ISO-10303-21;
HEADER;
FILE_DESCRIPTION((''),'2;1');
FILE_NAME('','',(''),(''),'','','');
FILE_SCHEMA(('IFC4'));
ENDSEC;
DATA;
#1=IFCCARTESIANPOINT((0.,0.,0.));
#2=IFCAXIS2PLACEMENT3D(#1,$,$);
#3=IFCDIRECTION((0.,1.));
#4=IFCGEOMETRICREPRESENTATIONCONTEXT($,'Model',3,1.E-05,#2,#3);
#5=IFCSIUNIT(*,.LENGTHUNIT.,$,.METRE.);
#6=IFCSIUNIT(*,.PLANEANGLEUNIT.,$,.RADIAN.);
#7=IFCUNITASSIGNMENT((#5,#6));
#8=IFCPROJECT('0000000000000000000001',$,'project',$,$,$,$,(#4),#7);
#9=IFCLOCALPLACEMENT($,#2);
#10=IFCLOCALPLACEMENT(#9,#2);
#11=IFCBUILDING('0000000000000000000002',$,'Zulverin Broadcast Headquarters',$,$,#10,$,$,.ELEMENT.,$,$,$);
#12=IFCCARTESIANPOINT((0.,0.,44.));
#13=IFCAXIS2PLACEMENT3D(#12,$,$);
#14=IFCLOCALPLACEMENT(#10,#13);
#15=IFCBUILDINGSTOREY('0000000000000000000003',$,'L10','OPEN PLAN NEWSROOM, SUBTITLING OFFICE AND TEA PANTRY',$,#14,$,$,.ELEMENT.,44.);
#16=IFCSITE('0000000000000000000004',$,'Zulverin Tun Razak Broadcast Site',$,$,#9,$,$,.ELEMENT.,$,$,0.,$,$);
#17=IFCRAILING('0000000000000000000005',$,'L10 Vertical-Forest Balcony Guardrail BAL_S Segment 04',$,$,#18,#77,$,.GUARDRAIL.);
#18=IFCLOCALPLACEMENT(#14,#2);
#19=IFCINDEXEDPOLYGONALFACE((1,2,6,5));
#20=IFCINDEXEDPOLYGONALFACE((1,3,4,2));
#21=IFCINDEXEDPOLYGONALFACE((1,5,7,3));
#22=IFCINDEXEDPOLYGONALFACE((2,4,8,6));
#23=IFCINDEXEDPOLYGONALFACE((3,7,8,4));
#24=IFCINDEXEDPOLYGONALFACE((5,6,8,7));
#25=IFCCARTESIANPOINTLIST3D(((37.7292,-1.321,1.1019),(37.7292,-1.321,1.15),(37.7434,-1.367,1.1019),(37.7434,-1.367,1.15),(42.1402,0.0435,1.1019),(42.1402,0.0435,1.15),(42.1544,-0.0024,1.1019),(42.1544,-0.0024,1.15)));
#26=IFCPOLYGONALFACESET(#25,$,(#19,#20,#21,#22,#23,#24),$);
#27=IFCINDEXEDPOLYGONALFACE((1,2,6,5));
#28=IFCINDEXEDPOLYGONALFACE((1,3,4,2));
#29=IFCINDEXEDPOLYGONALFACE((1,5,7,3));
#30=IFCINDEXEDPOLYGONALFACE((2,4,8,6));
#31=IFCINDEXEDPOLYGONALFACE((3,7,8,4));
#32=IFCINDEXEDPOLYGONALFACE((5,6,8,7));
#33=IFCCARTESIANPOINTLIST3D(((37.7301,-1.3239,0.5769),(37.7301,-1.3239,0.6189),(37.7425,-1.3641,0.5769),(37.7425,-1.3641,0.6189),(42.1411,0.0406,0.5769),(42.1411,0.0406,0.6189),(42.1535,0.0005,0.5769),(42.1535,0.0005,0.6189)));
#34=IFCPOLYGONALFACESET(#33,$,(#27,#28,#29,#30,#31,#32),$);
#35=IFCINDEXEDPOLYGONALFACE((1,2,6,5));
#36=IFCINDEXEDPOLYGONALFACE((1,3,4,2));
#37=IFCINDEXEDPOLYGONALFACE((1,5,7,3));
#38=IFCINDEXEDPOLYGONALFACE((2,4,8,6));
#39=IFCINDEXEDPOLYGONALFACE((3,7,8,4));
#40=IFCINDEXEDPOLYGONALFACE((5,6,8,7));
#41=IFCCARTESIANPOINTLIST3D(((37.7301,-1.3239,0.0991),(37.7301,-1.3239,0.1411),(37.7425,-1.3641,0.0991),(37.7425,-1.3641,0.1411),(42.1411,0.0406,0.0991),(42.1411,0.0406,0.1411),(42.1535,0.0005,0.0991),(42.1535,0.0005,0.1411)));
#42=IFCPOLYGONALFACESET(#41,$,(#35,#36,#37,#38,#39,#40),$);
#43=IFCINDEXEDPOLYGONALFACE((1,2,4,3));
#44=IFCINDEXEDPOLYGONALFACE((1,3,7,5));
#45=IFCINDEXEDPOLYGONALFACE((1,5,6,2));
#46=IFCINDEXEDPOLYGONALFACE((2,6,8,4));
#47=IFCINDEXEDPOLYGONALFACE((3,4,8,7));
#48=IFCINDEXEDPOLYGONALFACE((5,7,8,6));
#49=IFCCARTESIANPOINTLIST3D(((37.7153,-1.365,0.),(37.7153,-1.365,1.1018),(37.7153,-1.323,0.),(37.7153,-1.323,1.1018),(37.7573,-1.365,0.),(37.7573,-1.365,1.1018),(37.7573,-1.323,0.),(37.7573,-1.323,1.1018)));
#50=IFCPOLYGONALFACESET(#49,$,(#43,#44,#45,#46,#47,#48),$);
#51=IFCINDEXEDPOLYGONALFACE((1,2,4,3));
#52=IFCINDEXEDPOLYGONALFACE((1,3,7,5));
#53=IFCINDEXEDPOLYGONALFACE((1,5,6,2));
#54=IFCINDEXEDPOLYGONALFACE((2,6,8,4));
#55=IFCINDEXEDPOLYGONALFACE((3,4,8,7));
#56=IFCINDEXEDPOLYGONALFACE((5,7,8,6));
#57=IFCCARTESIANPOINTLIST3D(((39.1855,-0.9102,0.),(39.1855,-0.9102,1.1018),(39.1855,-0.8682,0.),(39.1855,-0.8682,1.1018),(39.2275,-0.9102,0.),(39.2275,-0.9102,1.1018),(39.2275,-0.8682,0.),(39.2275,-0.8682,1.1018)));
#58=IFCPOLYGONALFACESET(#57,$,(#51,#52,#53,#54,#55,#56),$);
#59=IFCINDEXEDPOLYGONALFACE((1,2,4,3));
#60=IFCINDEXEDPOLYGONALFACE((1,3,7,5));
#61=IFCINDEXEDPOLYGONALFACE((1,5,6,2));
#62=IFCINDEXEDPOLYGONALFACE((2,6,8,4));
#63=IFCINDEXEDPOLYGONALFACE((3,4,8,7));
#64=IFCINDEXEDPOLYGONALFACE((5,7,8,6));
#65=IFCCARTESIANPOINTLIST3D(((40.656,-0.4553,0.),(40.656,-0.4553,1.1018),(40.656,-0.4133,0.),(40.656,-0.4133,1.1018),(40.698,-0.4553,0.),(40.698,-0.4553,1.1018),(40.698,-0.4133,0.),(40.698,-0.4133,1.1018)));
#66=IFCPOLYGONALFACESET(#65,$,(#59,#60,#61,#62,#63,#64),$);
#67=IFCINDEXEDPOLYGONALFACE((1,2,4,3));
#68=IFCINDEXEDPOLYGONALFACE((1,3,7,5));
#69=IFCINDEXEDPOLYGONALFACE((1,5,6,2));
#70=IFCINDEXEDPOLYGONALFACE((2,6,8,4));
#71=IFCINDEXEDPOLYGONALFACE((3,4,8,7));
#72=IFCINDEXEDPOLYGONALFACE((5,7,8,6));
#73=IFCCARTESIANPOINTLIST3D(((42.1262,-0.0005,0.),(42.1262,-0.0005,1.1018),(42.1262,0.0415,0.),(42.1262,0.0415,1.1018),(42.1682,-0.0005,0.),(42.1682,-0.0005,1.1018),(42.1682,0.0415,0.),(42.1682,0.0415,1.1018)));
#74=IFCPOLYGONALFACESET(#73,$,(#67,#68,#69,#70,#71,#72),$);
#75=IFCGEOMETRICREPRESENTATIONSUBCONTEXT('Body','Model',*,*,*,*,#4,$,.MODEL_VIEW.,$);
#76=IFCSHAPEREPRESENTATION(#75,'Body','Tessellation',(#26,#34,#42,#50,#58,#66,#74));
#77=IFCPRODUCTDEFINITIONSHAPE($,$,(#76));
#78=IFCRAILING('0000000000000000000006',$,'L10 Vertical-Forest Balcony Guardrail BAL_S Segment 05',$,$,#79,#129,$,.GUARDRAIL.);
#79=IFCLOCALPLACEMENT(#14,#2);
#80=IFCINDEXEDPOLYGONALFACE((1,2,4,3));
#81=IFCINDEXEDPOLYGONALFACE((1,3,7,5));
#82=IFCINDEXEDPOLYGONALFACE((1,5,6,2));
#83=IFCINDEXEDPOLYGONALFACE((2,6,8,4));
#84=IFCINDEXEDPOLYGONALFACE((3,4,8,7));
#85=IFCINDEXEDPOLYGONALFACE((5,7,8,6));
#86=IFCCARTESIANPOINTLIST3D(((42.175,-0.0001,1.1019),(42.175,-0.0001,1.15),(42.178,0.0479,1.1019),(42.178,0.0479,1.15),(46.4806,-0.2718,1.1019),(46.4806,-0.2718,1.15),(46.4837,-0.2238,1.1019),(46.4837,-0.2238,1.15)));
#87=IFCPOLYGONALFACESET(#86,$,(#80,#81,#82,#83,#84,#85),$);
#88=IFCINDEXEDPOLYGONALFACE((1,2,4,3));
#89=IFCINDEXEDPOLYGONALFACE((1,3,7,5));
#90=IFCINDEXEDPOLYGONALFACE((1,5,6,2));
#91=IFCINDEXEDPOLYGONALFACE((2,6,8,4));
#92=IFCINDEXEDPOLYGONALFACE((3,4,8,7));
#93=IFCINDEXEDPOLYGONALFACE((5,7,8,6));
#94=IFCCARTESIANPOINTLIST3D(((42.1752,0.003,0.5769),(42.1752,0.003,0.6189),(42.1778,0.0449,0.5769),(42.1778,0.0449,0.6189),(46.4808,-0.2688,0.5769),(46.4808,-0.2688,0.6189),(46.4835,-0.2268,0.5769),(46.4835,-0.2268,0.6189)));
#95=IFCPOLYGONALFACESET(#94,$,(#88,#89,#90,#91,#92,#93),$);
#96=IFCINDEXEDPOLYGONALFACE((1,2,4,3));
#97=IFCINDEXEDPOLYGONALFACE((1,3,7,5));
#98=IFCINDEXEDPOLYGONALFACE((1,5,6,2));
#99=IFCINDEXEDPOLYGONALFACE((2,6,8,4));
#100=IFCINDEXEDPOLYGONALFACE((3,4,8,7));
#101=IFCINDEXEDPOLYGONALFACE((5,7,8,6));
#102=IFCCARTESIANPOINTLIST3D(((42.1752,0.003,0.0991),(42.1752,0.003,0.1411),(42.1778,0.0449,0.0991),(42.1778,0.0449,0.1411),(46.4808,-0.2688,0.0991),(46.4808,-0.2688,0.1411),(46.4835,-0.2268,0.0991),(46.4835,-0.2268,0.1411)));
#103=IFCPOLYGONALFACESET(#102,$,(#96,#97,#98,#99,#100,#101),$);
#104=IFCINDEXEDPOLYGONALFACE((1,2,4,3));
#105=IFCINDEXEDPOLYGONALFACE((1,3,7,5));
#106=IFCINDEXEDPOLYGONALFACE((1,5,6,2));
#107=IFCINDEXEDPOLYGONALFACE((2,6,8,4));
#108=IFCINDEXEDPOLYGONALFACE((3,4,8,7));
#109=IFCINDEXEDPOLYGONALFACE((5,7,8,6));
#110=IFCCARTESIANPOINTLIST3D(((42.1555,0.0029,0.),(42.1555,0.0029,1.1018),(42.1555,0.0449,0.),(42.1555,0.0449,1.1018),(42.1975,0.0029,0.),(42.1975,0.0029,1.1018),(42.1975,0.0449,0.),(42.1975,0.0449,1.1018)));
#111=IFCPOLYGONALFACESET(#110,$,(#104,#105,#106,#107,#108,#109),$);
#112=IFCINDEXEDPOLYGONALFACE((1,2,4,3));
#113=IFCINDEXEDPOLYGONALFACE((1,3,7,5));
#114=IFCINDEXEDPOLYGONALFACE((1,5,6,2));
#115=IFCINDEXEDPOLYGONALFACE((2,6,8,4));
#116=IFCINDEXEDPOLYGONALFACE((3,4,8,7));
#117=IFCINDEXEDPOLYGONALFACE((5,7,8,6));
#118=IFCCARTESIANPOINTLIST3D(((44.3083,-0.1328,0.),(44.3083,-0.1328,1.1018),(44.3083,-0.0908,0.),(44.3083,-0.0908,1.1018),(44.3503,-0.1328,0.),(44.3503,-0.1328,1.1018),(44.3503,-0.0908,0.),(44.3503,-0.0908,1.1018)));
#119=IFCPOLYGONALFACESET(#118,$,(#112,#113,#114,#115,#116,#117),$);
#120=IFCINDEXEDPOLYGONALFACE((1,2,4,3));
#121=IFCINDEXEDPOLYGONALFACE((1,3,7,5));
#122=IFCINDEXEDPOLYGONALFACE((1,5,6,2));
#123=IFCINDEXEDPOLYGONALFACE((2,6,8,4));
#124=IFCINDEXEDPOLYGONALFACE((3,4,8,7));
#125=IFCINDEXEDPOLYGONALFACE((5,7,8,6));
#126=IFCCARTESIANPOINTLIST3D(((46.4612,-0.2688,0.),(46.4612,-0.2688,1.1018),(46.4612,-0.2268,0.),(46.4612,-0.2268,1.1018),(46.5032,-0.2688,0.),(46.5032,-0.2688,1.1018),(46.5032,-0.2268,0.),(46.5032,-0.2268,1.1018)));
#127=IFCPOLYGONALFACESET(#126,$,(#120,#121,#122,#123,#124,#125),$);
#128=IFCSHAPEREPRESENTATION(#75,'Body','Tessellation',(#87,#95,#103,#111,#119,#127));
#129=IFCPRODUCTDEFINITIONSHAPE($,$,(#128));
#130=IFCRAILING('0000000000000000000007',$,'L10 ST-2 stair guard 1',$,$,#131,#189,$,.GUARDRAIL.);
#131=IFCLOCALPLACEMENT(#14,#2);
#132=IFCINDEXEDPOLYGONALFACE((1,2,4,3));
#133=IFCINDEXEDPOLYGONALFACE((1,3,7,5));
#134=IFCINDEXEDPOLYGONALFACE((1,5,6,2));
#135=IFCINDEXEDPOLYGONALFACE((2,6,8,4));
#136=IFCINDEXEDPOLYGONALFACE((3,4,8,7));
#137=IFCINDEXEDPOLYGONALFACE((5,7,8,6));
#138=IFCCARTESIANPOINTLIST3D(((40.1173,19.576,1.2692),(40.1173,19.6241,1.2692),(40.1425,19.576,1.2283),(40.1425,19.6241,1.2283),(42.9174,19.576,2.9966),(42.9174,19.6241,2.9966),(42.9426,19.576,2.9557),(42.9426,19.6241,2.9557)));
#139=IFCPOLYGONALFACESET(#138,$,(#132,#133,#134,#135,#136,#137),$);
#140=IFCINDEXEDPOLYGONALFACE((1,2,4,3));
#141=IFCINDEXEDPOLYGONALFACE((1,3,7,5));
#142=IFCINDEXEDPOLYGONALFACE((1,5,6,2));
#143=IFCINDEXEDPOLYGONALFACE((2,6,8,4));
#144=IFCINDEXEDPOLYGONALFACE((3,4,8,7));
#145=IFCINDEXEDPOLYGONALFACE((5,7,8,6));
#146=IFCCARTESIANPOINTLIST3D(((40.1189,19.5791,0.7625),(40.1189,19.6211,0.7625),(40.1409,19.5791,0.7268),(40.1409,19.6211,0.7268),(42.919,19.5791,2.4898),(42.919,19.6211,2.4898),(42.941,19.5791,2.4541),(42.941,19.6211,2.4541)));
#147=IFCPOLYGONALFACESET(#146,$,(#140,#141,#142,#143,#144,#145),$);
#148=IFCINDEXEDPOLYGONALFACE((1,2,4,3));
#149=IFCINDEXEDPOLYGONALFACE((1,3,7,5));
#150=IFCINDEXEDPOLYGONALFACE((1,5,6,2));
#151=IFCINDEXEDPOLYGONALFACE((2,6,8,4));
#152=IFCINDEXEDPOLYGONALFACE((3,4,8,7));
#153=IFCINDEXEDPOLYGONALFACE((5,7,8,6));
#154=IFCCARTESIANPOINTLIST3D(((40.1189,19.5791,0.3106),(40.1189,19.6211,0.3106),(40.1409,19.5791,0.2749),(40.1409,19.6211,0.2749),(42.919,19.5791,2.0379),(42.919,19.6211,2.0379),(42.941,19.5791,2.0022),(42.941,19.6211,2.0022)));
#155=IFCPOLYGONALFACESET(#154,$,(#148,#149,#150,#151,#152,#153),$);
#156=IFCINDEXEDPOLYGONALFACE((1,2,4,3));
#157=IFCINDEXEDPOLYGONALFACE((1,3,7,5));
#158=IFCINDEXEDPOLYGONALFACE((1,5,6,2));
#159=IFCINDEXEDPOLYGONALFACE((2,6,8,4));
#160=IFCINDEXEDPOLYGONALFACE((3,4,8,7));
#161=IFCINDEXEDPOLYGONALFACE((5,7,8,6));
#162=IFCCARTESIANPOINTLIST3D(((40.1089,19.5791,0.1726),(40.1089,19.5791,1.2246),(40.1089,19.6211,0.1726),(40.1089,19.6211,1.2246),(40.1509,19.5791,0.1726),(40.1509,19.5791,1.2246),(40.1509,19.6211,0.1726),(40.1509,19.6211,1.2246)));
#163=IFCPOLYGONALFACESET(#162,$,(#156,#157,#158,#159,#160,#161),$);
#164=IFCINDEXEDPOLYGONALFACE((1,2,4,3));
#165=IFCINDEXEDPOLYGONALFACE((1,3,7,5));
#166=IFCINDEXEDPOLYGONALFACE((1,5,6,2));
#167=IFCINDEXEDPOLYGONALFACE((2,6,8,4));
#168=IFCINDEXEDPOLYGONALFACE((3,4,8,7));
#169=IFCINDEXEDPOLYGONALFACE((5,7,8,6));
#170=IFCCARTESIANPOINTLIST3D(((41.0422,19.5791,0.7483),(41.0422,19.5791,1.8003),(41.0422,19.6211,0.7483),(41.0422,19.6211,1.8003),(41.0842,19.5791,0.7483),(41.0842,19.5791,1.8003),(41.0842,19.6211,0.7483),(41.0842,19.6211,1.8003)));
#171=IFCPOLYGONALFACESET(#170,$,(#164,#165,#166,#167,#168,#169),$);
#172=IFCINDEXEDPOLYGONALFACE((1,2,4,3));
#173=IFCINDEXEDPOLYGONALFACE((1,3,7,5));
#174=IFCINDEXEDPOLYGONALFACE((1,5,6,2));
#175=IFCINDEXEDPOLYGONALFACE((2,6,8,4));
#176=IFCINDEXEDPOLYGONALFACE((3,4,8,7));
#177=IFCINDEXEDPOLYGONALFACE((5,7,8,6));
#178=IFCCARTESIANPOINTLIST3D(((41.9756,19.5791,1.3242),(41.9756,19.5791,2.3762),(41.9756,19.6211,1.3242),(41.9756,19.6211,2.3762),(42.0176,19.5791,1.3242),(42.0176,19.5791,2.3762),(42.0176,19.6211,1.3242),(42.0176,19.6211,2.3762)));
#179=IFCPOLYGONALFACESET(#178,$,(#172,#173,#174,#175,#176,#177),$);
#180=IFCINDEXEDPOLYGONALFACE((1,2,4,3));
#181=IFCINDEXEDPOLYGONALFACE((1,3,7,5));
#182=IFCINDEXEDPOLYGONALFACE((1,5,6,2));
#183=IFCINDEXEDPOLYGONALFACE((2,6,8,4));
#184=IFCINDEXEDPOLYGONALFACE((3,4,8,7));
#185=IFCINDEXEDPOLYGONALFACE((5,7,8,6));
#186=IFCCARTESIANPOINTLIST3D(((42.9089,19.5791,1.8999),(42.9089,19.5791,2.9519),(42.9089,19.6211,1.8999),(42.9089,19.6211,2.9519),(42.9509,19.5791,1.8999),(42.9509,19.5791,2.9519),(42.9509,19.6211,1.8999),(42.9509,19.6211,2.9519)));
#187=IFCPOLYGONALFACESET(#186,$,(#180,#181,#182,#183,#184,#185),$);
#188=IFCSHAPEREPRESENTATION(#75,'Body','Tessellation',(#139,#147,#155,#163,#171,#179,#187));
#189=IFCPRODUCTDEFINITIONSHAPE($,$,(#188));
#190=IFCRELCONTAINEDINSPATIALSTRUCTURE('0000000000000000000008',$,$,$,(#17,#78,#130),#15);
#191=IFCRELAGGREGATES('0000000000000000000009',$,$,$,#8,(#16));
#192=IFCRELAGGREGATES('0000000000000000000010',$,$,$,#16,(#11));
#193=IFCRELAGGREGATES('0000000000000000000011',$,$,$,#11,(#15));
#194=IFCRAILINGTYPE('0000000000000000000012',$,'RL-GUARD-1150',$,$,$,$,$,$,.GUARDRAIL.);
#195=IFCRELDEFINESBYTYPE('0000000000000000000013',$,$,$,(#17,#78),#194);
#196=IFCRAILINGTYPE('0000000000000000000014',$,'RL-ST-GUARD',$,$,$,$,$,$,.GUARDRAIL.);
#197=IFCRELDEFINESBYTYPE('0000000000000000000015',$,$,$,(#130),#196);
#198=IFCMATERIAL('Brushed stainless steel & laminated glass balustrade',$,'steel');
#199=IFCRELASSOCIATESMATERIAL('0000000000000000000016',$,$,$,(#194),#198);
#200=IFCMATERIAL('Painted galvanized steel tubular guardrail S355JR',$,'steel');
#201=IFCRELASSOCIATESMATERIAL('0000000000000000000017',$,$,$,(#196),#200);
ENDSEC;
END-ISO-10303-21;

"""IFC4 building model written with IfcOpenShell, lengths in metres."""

from ifc_helpers import new_model, si_unit, direction, frame, origin, origin_2d, place, context, subcontext, project, spatial, rectangle, extrude, material, type_object, element, save


model = new_model("IFC4")

# Units and contexts
model_context = context("Model", 3, precision=1e-05, world=origin(), true_north=direction((0.0, 1.0)))
body_context = subcontext(model_context, "Body", "Model", "MODEL_VIEW")
ifc_project = project(units=[si_unit("LENGTHUNIT", "METRE"), si_unit("PLANEANGLEUNIT", "RADIAN")], contexts=[model_context])

# Site, building, storey
site_placement = place(None, origin())
site = spatial("IfcSite", under=ifc_project, at=site_placement, Name="Zulverin Tun Razak Broadcast Site", CompositionType="ELEMENT", RefElevation=0.0)
building_placement = place(site_placement, origin())
building = spatial("IfcBuilding", under=site, at=building_placement, Name="Zulverin Broadcast Headquarters", CompositionType="ELEMENT")
storey_placement = place(building_placement, frame((0.0, 0.0, 44.0)))
storey = spatial("IfcBuildingStorey", under=building, at=storey_placement, Name="L10", Description="OPEN PLAN NEWSROOM, SUBTITLING OFFICE AND TEA PANTRY", CompositionType="ELEMENT", Elevation=44.0)

# Railings
ifc_material_1 = material(Name="Brushed stainless steel & laminated glass balustrade", Category="steel")
railing_type_1 = type_object("IfcRailingType", Name="RL-GUARD-1150", PredefinedType="GUARDRAIL", material=ifc_material_1)
railing_1_placement = place(storey_placement, frame((37.7363, -1.344, 0.0)))
element("IfcRailing", 1, at=railing_1_placement, inside=storey, type_object=railing_type_1, Name="L10 Vertical-Forest Balcony Guardrail BAL_S Segment 04", PredefinedType="GUARDRAIL", context=body_context, shape_type="SweptSolid", body=[
    extrude(rectangle(XDim=0.0481, YDim=0.0481, at=origin_2d()), frame((0.0, 0.0, 1.126), z_axis=(0.955333, 0.295531, 0.0), x_axis=(-0.295531, 0.955333, 0.0)), (0.0, 0.0, 1.0), 4.6172),
    extrude(rectangle(XDim=0.042, YDim=0.042, at=origin_2d()), frame((0.0, 0.0, 0.5979), z_axis=(0.955333, 0.295531, 0.0), x_axis=(-0.295531, 0.955333, 0.0)), (0.0, 0.0, 1.0), 4.6172),
    extrude(rectangle(XDim=0.042, YDim=0.042, at=origin_2d()), frame((0.0, 0.0, 0.1201), z_axis=(0.955333, 0.295531, 0.0), x_axis=(-0.295531, 0.955333, 0.0)), (0.0, 0.0, 1.0), 4.6172),
    extrude(rectangle(XDim=0.042, YDim=0.042, at=origin_2d()), origin(), (0.0, 0.0, 1.0), 1.1018),
    extrude(rectangle(XDim=0.042, YDim=0.042, at=origin_2d()), frame((1.4702, 0.4548, 0.0)), (0.0, 0.0, 1.0), 1.1018),
    extrude(rectangle(XDim=0.042, YDim=0.042, at=origin_2d()), frame((2.9407, 0.9097, 0.0)), (0.0, 0.0, 1.0), 1.1018),
    extrude(rectangle(XDim=0.042, YDim=0.042, at=origin_2d()), frame((4.4109, 1.3645, 0.0)), (0.0, 0.0, 1.0), 1.1018),
])
railing_2_placement = place(storey_placement, frame((42.1765, 0.0239, 0.0)))
element("IfcRailing", 2, at=railing_2_placement, inside=storey, type_object=railing_type_1, Name="L10 Vertical-Forest Balcony Guardrail BAL_S Segment 05", PredefinedType="GUARDRAIL", context=body_context, shape_type="SweptSolid", body=[
    extrude(rectangle(XDim=0.0481, YDim=0.0481, at=origin_2d()), frame((0.0, 0.0, 1.126), z_axis=(0.998015, -0.062984, 0.0), x_axis=(0.062984, 0.998015, 0.0)), (0.0, 0.0, 1.0), 4.3142),
    extrude(rectangle(XDim=0.042, YDim=0.042, at=origin_2d()), frame((0.0, 0.0, 0.5979), z_axis=(0.998015, -0.062984, 0.0), x_axis=(0.062984, 0.998015, 0.0)), (0.0, 0.0, 1.0), 4.3142),
    extrude(rectangle(XDim=0.042, YDim=0.042, at=origin_2d()), frame((0.0, 0.0, 0.1201), z_axis=(0.998015, -0.062984, 0.0), x_axis=(0.062984, 0.998015, 0.0)), (0.0, 0.0, 1.0), 4.3142),
    extrude(rectangle(XDim=0.042, YDim=0.042, at=origin_2d()), origin(), (0.0, 0.0, 1.0), 1.1018),
    extrude(rectangle(XDim=0.042, YDim=0.042, at=origin_2d()), frame((2.1528, -0.1357, 0.0)), (0.0, 0.0, 1.0), 1.1018),
    extrude(rectangle(XDim=0.042, YDim=0.042, at=origin_2d()), frame((4.3057, -0.2717, 0.0)), (0.0, 0.0, 1.0), 1.1018),
])
ifc_material_2 = material(Name="Painted galvanized steel tubular guardrail S355JR", Category="steel")
railing_type_2 = type_object("IfcRailingType", Name="RL-ST-GUARD", PredefinedType="GUARDRAIL", material=ifc_material_2)
railing_3_placement = place(storey_placement, frame((40.1299, 19.6001, 0.1726)))
element("IfcRailing", 3, at=railing_3_placement, inside=storey, type_object=railing_type_2, Name="L10 ST-2 stair guard 1", PredefinedType="GUARDRAIL", context=body_context, shape_type="SweptSolid", body=[
    extrude(rectangle(XDim=0.0481, YDim=0.0481, at=origin_2d()), frame((0.0, 0.0, 1.0762), z_axis=(0.85109, 0.0, 0.52502), x_axis=(0.0, 1.0, 0.0)), (0.0, 0.0, 1.0), 3.29),
    extrude(rectangle(XDim=0.042, YDim=0.042, at=origin_2d()), frame((0.0, 0.0, 0.572), z_axis=(0.85109, 0.0, 0.52502), x_axis=(0.0, 1.0, 0.0)), (0.0, 0.0, 1.0), 3.29),
    extrude(rectangle(XDim=0.042, YDim=0.042, at=origin_2d()), frame((0.0, 0.0, 0.1201), z_axis=(0.85109, 0.0, 0.52502), x_axis=(0.0, 1.0, 0.0)), (0.0, 0.0, 1.0), 3.29),
    extrude(rectangle(XDim=0.042, YDim=0.042, at=origin_2d()), origin(), (0.0, 0.0, 1.0), 1.052),
    extrude(rectangle(XDim=0.042, YDim=0.042, at=origin_2d()), frame((0.9333, 0.0, 0.5757)), (0.0, 0.0, 1.0), 1.052),
    extrude(rectangle(XDim=0.042, YDim=0.042, at=origin_2d()), frame((1.8667, 0.0, 1.1516)), (0.0, 0.0, 1.0), 1.052),
    extrude(rectangle(XDim=0.042, YDim=0.042, at=origin_2d()), frame((2.8, 0.0, 1.7273)), (0.0, 0.0, 1.0), 1.052),
])

save(model, "model.ifc")
